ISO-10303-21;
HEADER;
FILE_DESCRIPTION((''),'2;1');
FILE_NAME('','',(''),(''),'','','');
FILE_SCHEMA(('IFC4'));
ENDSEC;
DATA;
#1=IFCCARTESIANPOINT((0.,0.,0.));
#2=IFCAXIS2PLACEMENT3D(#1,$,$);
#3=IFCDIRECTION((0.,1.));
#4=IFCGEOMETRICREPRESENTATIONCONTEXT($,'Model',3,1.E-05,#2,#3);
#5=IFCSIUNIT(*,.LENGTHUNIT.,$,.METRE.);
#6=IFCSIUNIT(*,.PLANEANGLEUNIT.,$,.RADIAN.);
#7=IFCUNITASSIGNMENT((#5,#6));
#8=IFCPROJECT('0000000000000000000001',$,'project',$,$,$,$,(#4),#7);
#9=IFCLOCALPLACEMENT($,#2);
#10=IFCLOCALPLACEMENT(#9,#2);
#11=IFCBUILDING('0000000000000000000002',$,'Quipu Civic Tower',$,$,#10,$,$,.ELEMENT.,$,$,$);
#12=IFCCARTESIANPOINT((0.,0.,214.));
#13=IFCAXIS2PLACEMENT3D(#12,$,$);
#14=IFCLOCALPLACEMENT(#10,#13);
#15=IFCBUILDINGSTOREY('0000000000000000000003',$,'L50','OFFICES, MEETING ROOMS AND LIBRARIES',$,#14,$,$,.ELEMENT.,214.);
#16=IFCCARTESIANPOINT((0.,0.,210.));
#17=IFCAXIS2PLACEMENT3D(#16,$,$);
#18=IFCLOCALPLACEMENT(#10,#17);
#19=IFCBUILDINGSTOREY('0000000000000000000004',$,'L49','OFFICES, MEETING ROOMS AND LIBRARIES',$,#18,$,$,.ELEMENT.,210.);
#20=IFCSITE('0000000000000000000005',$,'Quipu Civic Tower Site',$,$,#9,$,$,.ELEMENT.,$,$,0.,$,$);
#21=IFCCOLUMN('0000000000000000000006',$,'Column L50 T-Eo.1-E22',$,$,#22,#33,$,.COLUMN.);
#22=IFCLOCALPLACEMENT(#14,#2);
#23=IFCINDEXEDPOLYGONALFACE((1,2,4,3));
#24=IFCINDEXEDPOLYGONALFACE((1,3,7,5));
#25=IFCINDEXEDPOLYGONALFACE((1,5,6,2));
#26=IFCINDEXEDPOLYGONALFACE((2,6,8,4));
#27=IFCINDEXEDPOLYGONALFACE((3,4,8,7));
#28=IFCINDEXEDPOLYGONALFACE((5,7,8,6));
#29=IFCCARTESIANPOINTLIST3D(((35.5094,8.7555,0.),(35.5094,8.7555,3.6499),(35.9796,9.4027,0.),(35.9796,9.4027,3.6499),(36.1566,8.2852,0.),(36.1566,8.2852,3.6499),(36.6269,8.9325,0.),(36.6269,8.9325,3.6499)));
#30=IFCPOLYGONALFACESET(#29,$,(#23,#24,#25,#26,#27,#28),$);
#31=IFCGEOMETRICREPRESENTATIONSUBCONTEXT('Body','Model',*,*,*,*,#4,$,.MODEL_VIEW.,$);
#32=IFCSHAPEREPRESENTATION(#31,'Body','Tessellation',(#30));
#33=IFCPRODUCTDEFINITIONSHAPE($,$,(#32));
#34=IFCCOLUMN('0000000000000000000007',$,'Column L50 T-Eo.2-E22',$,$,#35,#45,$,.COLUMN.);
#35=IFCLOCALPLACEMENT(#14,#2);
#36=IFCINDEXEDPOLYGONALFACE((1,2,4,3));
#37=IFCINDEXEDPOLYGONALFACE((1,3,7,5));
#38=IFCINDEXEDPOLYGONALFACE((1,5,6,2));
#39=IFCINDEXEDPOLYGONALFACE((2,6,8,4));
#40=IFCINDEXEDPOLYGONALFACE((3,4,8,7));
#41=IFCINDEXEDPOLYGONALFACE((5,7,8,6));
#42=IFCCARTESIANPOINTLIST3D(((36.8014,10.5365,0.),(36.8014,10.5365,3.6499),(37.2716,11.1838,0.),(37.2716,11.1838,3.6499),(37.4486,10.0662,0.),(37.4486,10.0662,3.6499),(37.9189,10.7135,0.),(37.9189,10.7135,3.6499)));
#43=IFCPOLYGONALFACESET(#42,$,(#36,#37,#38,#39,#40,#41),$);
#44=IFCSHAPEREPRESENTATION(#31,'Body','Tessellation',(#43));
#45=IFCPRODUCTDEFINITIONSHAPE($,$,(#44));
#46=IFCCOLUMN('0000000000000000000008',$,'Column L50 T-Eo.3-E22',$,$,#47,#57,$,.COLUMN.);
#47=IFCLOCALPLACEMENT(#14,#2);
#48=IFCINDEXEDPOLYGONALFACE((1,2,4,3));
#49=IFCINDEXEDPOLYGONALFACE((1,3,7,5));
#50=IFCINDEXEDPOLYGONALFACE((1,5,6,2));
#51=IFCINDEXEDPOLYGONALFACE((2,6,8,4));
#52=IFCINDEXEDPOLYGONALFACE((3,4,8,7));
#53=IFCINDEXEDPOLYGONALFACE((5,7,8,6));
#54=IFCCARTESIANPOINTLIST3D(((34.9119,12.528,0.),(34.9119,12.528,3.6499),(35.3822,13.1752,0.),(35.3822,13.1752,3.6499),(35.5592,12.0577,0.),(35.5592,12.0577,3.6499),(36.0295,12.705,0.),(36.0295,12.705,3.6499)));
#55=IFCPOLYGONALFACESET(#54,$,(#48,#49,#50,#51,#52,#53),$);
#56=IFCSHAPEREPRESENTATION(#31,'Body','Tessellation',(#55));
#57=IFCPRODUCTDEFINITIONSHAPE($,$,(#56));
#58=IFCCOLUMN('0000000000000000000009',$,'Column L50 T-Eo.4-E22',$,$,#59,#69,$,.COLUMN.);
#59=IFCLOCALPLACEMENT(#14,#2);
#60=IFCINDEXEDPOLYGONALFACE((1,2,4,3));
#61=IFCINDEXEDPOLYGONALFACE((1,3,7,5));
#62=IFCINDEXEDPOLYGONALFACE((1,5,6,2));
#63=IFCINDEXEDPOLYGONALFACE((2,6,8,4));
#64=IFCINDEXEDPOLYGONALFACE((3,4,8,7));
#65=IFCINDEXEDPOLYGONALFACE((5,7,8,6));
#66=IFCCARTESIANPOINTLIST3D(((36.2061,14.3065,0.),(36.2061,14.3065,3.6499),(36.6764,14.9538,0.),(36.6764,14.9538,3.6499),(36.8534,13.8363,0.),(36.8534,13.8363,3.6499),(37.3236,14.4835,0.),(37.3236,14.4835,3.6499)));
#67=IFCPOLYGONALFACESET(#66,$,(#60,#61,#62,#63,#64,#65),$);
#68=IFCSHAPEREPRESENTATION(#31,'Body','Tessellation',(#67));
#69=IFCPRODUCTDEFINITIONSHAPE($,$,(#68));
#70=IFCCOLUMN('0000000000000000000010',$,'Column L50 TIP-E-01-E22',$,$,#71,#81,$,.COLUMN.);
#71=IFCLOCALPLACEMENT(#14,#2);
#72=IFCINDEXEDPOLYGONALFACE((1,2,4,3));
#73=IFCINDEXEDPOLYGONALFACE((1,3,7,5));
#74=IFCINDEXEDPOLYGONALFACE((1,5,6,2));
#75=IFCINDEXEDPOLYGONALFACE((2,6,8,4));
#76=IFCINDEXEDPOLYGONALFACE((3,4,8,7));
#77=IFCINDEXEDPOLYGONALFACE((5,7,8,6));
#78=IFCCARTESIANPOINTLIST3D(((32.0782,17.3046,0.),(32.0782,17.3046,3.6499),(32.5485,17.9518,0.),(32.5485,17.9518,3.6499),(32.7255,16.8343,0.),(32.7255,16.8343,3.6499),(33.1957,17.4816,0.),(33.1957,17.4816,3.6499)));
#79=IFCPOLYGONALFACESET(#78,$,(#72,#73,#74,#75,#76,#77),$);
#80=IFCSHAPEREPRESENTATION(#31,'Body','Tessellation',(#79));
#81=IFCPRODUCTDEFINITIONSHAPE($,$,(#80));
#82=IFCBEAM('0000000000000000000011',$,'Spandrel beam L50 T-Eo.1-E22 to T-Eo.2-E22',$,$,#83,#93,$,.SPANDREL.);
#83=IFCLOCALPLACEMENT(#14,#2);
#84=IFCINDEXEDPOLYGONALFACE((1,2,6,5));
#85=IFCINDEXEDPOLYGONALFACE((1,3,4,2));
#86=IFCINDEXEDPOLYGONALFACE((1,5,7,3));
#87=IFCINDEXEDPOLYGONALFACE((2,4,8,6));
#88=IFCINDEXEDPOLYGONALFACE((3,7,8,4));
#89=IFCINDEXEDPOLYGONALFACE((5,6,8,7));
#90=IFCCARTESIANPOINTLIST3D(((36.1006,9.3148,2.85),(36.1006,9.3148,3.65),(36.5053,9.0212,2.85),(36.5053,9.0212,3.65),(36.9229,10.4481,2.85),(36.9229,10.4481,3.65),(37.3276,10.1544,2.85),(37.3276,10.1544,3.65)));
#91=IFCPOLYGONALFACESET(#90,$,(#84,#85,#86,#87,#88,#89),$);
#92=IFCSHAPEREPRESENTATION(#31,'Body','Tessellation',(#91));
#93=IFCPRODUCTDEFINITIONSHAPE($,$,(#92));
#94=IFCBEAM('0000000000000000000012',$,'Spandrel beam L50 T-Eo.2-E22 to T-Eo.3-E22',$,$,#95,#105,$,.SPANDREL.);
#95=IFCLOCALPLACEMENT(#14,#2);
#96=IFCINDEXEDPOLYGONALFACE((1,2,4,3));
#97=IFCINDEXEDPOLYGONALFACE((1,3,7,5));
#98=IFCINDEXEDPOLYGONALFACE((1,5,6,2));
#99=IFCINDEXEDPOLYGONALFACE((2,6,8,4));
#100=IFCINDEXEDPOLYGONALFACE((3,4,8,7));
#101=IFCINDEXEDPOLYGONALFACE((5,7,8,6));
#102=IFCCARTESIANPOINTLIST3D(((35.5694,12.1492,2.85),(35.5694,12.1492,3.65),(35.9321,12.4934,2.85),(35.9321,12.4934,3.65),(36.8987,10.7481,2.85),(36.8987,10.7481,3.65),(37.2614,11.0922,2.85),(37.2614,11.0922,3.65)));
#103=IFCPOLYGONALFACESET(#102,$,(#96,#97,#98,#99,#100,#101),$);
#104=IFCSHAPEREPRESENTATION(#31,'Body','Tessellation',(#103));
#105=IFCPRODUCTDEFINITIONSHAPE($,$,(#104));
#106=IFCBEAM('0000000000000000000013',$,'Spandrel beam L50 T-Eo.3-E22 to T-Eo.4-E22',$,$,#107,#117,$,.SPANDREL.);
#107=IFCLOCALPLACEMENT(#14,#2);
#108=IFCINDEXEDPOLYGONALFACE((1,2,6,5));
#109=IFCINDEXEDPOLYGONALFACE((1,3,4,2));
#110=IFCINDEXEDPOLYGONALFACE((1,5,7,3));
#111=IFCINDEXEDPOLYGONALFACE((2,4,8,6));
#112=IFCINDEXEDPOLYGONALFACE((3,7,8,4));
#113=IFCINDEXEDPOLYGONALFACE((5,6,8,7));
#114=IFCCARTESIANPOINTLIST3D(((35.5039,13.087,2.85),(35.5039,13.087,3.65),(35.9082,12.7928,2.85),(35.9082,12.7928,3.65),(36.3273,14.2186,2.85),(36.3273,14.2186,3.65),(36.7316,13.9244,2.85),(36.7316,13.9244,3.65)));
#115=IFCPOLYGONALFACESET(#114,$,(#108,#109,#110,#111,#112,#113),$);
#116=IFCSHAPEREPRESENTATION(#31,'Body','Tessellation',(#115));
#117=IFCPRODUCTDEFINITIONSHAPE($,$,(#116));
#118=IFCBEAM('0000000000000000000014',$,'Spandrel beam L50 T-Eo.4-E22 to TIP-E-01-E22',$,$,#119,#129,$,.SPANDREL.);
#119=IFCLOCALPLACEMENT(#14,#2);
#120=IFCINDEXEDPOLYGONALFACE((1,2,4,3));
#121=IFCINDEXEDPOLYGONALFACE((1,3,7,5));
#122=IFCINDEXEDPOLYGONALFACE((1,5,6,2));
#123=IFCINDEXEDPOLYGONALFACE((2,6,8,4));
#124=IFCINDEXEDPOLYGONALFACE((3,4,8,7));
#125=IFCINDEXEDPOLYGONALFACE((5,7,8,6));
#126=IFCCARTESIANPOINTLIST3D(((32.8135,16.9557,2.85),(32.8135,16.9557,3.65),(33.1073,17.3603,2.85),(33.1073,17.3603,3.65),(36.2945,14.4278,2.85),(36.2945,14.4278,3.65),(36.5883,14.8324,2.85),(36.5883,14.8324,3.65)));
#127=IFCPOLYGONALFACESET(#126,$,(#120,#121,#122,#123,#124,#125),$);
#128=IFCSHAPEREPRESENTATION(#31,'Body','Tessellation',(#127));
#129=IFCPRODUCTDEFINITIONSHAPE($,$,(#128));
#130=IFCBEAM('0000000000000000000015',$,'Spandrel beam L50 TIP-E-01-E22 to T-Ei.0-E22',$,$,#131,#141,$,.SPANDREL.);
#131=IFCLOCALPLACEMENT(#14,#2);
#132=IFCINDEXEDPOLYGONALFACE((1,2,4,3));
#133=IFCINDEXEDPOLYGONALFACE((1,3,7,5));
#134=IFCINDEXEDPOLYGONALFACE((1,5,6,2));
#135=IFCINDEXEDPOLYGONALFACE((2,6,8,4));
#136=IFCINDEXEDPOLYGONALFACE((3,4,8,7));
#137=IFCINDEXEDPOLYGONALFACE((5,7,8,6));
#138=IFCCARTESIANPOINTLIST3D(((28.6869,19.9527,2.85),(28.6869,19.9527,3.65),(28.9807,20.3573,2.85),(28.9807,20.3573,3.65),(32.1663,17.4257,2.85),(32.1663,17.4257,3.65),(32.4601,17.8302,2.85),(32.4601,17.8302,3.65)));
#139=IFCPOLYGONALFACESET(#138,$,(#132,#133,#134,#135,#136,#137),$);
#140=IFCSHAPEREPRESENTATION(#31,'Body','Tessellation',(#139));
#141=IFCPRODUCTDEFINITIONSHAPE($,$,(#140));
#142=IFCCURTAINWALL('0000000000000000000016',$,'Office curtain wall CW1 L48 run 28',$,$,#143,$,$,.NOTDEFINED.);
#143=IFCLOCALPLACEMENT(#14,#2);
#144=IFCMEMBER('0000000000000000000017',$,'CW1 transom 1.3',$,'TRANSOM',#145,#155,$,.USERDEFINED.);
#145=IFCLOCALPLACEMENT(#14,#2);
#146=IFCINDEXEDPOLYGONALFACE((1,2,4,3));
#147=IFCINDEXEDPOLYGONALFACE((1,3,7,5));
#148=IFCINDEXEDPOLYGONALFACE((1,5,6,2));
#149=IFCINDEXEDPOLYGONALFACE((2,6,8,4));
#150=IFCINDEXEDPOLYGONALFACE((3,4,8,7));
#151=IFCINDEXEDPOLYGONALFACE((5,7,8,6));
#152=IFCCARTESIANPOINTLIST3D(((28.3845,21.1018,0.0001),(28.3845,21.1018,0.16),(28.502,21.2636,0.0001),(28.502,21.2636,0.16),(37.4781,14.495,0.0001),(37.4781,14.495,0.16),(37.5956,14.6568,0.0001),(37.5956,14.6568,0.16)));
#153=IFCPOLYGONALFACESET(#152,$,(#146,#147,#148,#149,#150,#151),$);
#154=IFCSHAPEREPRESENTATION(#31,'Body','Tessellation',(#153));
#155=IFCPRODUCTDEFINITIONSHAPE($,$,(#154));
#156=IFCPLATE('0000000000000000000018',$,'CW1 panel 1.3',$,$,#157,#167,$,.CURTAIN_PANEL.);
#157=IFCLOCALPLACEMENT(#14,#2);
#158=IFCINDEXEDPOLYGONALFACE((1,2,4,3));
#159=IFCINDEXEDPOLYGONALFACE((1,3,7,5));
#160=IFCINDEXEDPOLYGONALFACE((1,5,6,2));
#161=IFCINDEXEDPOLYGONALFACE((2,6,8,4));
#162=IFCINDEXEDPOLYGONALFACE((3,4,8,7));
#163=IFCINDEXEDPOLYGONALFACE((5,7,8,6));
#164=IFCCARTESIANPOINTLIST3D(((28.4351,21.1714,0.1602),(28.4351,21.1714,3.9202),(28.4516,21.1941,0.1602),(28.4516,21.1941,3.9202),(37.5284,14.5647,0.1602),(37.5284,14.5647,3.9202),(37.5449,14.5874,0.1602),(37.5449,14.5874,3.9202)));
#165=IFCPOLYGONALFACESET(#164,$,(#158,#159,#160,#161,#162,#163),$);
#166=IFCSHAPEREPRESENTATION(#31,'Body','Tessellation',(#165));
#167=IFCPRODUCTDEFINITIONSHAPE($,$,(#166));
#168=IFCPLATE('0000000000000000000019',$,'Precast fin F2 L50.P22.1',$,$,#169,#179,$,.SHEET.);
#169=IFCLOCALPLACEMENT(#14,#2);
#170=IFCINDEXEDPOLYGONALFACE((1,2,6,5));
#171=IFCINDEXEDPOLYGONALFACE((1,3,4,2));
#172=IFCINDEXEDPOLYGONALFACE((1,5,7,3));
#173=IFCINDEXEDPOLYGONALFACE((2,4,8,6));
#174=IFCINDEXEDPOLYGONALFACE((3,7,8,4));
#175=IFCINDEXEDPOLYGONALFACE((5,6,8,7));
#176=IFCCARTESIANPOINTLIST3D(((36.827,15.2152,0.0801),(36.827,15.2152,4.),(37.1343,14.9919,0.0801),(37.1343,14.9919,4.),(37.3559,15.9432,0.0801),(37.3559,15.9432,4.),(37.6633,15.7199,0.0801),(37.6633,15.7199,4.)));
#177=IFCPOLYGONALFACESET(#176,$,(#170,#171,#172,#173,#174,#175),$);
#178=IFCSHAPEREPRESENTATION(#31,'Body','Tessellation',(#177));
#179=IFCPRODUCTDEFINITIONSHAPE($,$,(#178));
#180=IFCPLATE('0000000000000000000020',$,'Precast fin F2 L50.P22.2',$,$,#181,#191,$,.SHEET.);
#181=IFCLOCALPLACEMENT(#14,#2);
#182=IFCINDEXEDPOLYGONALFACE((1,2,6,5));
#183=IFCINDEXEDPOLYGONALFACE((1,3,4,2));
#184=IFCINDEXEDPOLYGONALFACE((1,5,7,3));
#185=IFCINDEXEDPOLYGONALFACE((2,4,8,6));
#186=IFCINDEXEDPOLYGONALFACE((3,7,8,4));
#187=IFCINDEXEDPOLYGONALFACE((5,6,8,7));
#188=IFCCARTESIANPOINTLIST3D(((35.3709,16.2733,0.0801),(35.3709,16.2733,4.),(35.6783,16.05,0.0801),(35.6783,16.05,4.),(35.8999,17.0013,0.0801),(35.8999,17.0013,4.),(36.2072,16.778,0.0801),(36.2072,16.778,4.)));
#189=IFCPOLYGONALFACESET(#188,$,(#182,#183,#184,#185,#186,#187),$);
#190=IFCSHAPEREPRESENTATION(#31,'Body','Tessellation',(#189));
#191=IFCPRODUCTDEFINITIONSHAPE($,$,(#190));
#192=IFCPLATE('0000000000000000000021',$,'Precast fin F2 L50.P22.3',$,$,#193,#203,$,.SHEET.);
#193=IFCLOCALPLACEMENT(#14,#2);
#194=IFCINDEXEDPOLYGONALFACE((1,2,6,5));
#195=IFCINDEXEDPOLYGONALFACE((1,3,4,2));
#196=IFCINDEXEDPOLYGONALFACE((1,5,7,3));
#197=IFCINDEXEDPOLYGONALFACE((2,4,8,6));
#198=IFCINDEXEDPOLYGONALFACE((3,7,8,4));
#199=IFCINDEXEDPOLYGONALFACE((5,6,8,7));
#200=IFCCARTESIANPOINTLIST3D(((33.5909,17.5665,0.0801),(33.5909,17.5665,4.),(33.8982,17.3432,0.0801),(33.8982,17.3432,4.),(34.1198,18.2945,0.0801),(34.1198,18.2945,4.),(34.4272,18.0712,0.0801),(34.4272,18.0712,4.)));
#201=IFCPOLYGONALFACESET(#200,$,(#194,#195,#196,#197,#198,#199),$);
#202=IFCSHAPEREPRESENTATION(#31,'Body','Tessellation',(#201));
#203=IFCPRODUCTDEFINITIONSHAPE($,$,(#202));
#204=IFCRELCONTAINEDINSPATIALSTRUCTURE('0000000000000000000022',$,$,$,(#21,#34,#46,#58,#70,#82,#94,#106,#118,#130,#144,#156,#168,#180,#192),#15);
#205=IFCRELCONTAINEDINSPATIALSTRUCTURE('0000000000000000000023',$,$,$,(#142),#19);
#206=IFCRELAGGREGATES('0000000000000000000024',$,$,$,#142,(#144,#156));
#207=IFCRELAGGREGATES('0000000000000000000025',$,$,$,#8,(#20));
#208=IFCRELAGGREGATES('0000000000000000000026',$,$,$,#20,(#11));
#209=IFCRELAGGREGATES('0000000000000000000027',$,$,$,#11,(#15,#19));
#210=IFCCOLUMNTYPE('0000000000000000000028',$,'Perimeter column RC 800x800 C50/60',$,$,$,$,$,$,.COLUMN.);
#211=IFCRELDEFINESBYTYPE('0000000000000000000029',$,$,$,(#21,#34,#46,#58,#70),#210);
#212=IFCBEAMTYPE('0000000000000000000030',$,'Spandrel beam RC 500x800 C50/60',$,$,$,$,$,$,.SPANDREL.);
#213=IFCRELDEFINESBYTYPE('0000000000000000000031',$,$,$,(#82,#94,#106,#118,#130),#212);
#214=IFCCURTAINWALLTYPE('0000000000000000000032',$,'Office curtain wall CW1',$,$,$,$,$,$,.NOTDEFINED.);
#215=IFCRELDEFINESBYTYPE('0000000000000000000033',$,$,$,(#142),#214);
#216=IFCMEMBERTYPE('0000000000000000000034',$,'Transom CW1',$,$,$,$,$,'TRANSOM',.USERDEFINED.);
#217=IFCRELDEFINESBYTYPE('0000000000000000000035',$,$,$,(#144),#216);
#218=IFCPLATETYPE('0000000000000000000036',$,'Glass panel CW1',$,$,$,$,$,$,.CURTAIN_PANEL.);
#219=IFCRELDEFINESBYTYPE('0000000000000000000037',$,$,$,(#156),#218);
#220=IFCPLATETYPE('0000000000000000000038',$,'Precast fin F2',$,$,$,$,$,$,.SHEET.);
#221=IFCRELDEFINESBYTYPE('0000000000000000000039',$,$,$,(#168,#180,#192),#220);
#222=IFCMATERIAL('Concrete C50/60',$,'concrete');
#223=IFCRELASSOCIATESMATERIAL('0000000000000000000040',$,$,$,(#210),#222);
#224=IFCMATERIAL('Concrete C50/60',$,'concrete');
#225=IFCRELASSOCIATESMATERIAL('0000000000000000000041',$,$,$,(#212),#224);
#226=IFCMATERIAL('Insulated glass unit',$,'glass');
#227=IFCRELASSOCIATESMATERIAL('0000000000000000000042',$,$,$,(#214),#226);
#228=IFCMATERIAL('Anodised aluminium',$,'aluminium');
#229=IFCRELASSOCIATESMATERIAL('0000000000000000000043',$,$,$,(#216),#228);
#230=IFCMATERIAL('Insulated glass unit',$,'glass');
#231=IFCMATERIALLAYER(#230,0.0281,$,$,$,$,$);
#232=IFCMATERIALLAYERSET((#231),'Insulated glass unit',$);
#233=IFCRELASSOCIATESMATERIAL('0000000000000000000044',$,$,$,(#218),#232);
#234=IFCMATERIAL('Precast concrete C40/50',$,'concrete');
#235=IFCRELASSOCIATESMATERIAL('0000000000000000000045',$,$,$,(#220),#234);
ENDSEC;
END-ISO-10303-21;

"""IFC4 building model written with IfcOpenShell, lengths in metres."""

from ifc_helpers import new_model, si_unit, direction, frame, origin, origin_2d, place, context, subcontext, project, spatial, rectangle, extrude, material, layer, layer_set, material_profile, profile_set, type_object, element, aggregate, save


model = new_model("IFC4")

# Units and contexts
model_context = context("Model", 3, precision=1e-05, world=origin(), true_north=direction((0.0, 1.0)))
body_context = subcontext(model_context, "Body", "Model", "MODEL_VIEW")
ifc_project = project(units=[si_unit("LENGTHUNIT", "METRE"), si_unit("PLANEANGLEUNIT", "RADIAN")], contexts=[model_context])

# Site, building, storey
site_placement = place(None, origin())
site = spatial("IfcSite", under=ifc_project, at=site_placement, Name="Quipu Civic Tower Site", CompositionType="ELEMENT", RefElevation=0.0)
building_placement = place(site_placement, origin())
building = spatial("IfcBuilding", under=site, at=building_placement, Name="Quipu Civic Tower", CompositionType="ELEMENT")
storey_1_placement = place(building_placement, frame((0.0, 0.0, 214.0)))
storey_1 = spatial("IfcBuildingStorey", under=building, at=storey_1_placement, Name="L50", Description="OFFICES, MEETING ROOMS AND LIBRARIES", CompositionType="ELEMENT", Elevation=214.0)

# Columns
ifc_material_1 = material(Name="Concrete C50/60", Category="concrete")
ifc_material_profile_1 = material_profile(ifc_material_1, rectangle(XDim=0.8, YDim=0.8, at=origin_2d()), Name="RC800x800")
ifc_profile_set_1 = profile_set([ifc_material_profile_1], Name="Concrete C50/60")
column_type = type_object("IfcColumnType", Name="Perimeter column RC 800x800 C50/60", PredefinedType="COLUMN", material=ifc_profile_set_1)
for number, where, z_axis, x_axis, name in (
    (1, (36.0681, 8.844, 0.0), (0.0, 0.0, 1.0), (0.587785, 0.809017, 0.0), "Column L50 T-Eo.1-E22"),
    (2, (37.3601, 10.625, 0.0), (0.0, 0.0, 1.0), (0.587785, 0.809017, 0.0), "Column L50 T-Eo.2-E22"),
    (3, (35.4707, 12.6165, 0.0), (0.0, 0.0, 1.0), (-0.809017, 0.587785, 0.0), "Column L50 T-Eo.3-E22"),
    (4, (36.7649, 14.395, 0.0), (0.0, 0.0, 1.0), (-0.809017, 0.587785, 0.0), "Column L50 T-Eo.4-E22"),
    (5, (32.637, 17.3931, 0.0), (0.0, 0.0, 1.0), (-0.809017, 0.587785, 0.0), "Column L50 TIP-E-01-E22"),
):
    element("IfcColumn", number, at=place(storey_1_placement, frame(where, z_axis=z_axis, x_axis=x_axis)), inside=storey_1, type_object=column_type, Name=name, PredefinedType="COLUMN", context=body_context, shape_type="SweptSolid", body=[
        extrude(rectangle(XDim=0.8, YDim=0.8, at=origin_2d()), origin(), (0.0, 0.0, 1.0), 3.6499),
    ])

# Beams
ifc_material_2 = material(Name="Concrete C50/60", Category="concrete")
ifc_material_profile_2 = material_profile(ifc_material_2, rectangle(XDim=0.5, YDim=0.8, at=origin_2d()), Name="RC500x800")
ifc_profile_set_2 = profile_set([ifc_material_profile_2], Name="Concrete C50/60")
beam_type = type_object("IfcBeamType", Name="Spandrel beam RC 500x800 C50/60", PredefinedType="SPANDREL", material=ifc_profile_set_2)
beam_1_placement = place(storey_1_placement, frame((36.303, 9.168, 3.25), z_axis=(0.587259, 0.809399, 0.0), x_axis=(-0.809399, 0.587259, 0.0)))
element("IfcBeam", 6, at=beam_1_placement, inside=storey_1, type_object=beam_type, Name="Spandrel beam L50 T-Eo.1-E22 to T-Eo.2-E22", PredefinedType="SPANDREL", context=body_context, shape_type="SweptSolid", body=[
    extrude(rectangle(XDim=0.5, YDim=0.8, at=origin_2d()), origin(), (0.0, 0.0, 1.0), 1.4001),
])
beam_2_placement = place(storey_1_placement, frame((37.0801, 10.9202, 3.25), z_axis=(-0.688281, 0.725444, 0.0), x_axis=(-0.725444, -0.688281, 0.0)))
element("IfcBeam", 7, at=beam_2_placement, inside=storey_1, type_object=beam_type, Name="Spandrel beam L50 T-Eo.2-E22 to T-Eo.3-E22", PredefinedType="SPANDREL", context=body_context, shape_type="SweptSolid", body=[
    extrude(rectangle(XDim=0.5, YDim=0.8, at=origin_2d()), origin(), (0.0, 0.0, 1.0), 1.9314),
])
beam_3_placement = place(storey_1_placement, frame((35.7061, 12.9399, 3.25), z_axis=(0.58841, 0.808563, 0.0), x_axis=(-0.808563, 0.58841, 0.0)))
element("IfcBeam", 8, at=beam_3_placement, inside=storey_1, type_object=beam_type, Name="Spandrel beam L50 T-Eo.3-E22 to T-Eo.4-E22", PredefinedType="SPANDREL", context=body_context, shape_type="SweptSolid", body=[
    extrude(rectangle(XDim=0.5, YDim=0.8, at=origin_2d()), origin(), (0.0, 0.0, 1.0), 1.3994),
])
beam_4_placement = place(storey_1_placement, frame((36.4414, 14.6301, 3.25), z_axis=(-0.809153, 0.587598, 0.0), x_axis=(-0.587598, -0.809153, 0.0)))
element("IfcBeam", 9, at=beam_4_placement, inside=storey_1, type_object=beam_type, Name="Spandrel beam L50 T-Eo.4-E22 to TIP-E-01-E22", PredefinedType="SPANDREL", context=body_context, shape_type="SweptSolid", body=[
    extrude(rectangle(XDim=0.5, YDim=0.8, at=origin_2d()), origin(), (0.0, 0.0, 1.0), 4.302),
])
beam_5_placement = place(storey_1_placement, frame((32.3132, 17.6279, 3.25), z_axis=(-0.809116, 0.587648, 0.0), x_axis=(-0.587648, -0.809116, 0.0)))
element("IfcBeam", 10, at=beam_5_placement, inside=storey_1, type_object=beam_type, Name="Spandrel beam L50 TIP-E-01-E22 to T-Ei.0-E22", PredefinedType="SPANDREL", context=body_context, shape_type="SweptSolid", body=[
    extrude(rectangle(XDim=0.5, YDim=0.8, at=origin_2d()), origin(), (0.0, 0.0, 1.0), 4.3003),
])

# Shared definitions
storey_2_placement = place(building_placement, frame((0.0, 0.0, 210.0)))
storey_2 = spatial("IfcBuildingStorey", under=building, at=storey_2_placement, Name="L49", Description="OFFICES, MEETING ROOMS AND LIBRARIES", CompositionType="ELEMENT", Elevation=210.0)

# Curtain wall, member, plate
ifc_material_3 = material(Name="Insulated glass unit", Category="glass")
curtain_wall_type = type_object("IfcCurtainWallType", Name="Office curtain wall CW1", PredefinedType="NOTDEFINED", material=ifc_material_3)
curtain_wall_placement = place(storey_2_placement, origin())
curtain_wall = element("IfcCurtainWall", 11, at=curtain_wall_placement, inside=storey_2, type_object=curtain_wall_type, Name="Office curtain wall CW1 L48 run 28", PredefinedType="NOTDEFINED")
ifc_material_4 = material(Name="Anodised aluminium", Category="aluminium")
ifc_material_profile_3 = material_profile(ifc_material_4, rectangle(XDim=0.2, YDim=0.1599, at=origin_2d()), Name="RECT 200x160")
ifc_profile_set_3 = profile_set([ifc_material_profile_3], Name="Anodised aluminium")
member_type = type_object("IfcMemberType", Name="Transom CW1", ElementType="TRANSOM", PredefinedType="USERDEFINED", material=ifc_profile_set_3)
member_placement = place(storey_1_placement, frame((37.5369, 14.5759, 0.0801), z_axis=(-0.809022, 0.587778, 0.0), x_axis=(-0.587778, -0.809022, 0.0)))
member = element("IfcMember", 12, at=member_placement, inside=storey_1, type_object=member_type, Name="CW1 transom 1.3", ObjectType="TRANSOM", PredefinedType="USERDEFINED", context=body_context, shape_type="SweptSolid", body=[
    extrude(rectangle(XDim=0.2, YDim=0.1599, at=origin_2d()), origin(), (0.0, 0.0, 1.0), 11.2402),
])
ifc_material_5 = material(Name="Insulated glass unit", Category="glass")
ifc_layer_1 = layer(ifc_material_5, 0.0281)
ifc_layer_set_1 = layer_set([ifc_layer_1], Name="Insulated glass unit")
plate_type_1 = type_object("IfcPlateType", Name="Glass panel CW1", PredefinedType="CURTAIN_PANEL", material=ifc_layer_set_1)
plate_placement = place(storey_1_placement, frame((32.99, 17.8794, 0.1602), z_axis=(0.0, 0.0, 1.0), x_axis=(-0.809015, 0.587788, 0.0)))
plate = element("IfcPlate", 13, at=plate_placement, inside=storey_1, type_object=plate_type_1, Name="CW1 panel 1.3", PredefinedType="CURTAIN_PANEL", context=body_context, shape_type="SweptSolid", body=[
    extrude(rectangle(XDim=11.24, YDim=0.0281, at=origin_2d()), origin(), (0.0, 0.0, 1.0), 3.76),
])
aggregate(curtain_wall, [member, plate])

# Plates
ifc_material_6 = material(Name="Precast concrete C40/50", Category="concrete")
plate_type_2 = type_object("IfcPlateType", Name="Precast fin F2", PredefinedType="SHEET", material=ifc_material_6)
for number, where, z_axis, x_axis, name in (
    (14, (37.2451, 15.4675, 0.0801), (0.0, 0.0, 1.0), (-0.809017, 0.587785, 0.0), "Precast fin F2 L50.P22.1"),
    (15, (35.7891, 16.5256, 0.0801), (0.0, 0.0, 1.0), (-0.809017, 0.587785, 0.0), "Precast fin F2 L50.P22.2"),
    (16, (34.009, 17.8188, 0.0801), (0.0, 0.0, 1.0), (-0.809017, 0.587785, 0.0), "Precast fin F2 L50.P22.3"),
):
    element("IfcPlate", number, at=place(storey_1_placement, frame(where, z_axis=z_axis, x_axis=x_axis)), inside=storey_1, type_object=plate_type_2, Name=name, PredefinedType="SHEET", context=body_context, shape_type="SweptSolid", body=[
        extrude(rectangle(XDim=0.3799, YDim=0.8999, at=origin_2d()), origin(), (0.0, 0.0, 1.0), 3.9199),
    ])

save(model, "model.ifc")
